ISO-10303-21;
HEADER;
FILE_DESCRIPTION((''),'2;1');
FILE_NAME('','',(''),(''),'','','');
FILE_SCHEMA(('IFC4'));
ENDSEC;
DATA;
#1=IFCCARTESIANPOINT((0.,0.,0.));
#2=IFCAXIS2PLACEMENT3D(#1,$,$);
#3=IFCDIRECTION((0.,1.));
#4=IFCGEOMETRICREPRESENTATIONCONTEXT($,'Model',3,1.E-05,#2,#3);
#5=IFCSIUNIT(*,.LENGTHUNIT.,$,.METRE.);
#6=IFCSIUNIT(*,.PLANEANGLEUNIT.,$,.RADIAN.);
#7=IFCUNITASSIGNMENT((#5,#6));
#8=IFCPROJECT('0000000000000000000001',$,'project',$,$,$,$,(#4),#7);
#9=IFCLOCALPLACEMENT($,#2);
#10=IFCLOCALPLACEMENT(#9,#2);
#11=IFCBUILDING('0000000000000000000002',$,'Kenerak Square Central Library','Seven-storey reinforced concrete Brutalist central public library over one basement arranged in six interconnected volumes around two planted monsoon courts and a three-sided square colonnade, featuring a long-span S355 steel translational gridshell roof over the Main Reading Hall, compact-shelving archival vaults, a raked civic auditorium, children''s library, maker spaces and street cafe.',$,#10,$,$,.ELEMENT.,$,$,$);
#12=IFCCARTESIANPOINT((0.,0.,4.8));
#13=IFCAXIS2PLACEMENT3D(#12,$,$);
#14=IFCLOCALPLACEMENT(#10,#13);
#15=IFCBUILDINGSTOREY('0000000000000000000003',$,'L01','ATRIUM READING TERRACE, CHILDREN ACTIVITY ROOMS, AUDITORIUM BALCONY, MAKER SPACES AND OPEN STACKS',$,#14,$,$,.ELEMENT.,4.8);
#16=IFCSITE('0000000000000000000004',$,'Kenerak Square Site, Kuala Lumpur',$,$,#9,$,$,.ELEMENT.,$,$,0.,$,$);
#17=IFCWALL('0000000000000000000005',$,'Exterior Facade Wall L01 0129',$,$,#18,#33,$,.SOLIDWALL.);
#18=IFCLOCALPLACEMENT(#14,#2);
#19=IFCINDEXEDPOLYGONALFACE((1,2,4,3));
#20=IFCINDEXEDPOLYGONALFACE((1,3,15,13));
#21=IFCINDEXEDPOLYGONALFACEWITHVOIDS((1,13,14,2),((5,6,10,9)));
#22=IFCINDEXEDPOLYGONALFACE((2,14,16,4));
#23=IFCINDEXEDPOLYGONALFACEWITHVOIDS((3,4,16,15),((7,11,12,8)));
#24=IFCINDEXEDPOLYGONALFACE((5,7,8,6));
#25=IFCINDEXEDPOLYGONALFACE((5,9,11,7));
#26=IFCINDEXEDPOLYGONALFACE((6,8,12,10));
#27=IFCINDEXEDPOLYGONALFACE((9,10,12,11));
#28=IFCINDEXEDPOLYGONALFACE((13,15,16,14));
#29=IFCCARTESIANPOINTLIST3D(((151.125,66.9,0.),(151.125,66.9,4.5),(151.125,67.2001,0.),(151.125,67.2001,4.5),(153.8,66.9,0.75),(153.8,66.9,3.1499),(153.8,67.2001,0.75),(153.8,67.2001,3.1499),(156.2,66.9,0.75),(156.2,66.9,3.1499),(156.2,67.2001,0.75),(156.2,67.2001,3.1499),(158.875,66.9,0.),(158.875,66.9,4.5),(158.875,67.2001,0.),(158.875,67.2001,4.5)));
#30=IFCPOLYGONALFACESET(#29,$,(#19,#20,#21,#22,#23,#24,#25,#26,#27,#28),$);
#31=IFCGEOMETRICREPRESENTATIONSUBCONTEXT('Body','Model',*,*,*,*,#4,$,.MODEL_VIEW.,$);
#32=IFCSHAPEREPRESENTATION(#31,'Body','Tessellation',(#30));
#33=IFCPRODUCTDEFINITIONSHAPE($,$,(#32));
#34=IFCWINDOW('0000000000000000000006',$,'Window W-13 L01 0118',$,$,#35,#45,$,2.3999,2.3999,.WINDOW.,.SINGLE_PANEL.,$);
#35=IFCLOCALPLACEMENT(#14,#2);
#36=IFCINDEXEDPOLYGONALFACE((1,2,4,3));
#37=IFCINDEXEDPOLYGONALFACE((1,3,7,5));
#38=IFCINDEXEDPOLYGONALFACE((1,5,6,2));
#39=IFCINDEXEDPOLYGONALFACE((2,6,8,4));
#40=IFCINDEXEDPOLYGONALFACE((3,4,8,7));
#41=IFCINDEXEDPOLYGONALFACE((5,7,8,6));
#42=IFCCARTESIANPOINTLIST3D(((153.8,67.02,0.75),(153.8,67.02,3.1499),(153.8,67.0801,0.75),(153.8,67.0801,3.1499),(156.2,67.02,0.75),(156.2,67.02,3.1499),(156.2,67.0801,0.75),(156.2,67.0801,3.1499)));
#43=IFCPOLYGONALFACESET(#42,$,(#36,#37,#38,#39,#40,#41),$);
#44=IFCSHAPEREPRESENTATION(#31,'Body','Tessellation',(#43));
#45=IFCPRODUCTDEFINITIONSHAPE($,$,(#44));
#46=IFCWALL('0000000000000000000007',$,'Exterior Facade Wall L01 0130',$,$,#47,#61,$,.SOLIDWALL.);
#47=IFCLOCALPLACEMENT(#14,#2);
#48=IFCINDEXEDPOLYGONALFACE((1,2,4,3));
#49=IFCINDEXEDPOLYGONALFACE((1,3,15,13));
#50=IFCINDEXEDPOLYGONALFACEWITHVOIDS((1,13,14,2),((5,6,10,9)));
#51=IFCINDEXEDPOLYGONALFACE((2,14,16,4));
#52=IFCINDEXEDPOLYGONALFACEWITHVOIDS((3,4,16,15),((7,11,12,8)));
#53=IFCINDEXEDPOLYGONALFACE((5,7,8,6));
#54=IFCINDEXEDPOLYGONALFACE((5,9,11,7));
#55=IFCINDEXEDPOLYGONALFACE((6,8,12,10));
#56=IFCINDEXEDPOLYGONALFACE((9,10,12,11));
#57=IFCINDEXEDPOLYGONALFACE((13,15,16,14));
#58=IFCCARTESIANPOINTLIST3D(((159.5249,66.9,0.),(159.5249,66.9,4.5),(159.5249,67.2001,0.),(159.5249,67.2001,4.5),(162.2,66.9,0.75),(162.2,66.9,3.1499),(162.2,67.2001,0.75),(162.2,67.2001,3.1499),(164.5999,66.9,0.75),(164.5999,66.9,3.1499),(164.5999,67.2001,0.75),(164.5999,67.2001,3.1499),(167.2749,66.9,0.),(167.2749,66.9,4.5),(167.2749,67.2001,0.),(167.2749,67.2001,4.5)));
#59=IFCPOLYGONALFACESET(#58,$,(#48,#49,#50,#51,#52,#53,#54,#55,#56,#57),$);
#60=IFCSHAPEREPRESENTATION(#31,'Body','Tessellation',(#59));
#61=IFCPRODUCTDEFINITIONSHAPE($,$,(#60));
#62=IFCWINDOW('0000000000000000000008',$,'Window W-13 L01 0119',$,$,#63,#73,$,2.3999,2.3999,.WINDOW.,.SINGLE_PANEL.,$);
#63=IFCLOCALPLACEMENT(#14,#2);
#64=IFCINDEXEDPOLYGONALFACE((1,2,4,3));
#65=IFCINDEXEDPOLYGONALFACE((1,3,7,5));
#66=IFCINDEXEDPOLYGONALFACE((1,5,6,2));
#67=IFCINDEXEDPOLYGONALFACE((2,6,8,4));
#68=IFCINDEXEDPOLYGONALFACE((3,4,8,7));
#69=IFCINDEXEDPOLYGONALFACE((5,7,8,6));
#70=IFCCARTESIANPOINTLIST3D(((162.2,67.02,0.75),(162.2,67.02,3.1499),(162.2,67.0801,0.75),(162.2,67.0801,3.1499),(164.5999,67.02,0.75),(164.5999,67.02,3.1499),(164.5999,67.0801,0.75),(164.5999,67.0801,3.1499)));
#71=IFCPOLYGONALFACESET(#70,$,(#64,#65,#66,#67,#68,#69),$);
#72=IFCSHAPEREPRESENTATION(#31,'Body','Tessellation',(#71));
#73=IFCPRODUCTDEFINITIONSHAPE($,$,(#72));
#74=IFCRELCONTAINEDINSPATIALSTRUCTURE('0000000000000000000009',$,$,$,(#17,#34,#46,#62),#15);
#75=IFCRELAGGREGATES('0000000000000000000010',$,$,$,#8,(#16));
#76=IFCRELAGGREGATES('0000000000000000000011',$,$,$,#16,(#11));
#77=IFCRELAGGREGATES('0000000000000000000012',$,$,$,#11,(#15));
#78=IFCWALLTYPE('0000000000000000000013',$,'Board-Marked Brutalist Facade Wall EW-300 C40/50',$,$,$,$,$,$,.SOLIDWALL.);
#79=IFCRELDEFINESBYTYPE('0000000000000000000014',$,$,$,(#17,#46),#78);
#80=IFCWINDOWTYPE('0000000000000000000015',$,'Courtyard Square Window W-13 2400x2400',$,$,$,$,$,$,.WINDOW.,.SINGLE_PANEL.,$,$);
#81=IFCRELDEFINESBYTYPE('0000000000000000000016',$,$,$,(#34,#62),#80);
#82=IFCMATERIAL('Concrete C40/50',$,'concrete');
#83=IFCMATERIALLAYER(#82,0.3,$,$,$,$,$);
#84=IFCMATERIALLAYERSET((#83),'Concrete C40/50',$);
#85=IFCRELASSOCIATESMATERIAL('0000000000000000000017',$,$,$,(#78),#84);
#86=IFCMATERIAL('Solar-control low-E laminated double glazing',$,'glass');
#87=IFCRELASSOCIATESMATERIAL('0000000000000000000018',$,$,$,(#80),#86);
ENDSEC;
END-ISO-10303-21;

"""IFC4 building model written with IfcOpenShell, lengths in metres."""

from ifc_helpers import new_model, si_unit, direction, frame, frame_2d, origin, place, context, subcontext, project, spatial, rectangle, extrude, material, layer, layer_set, type_object, element, fill, save


model = new_model("IFC4")

# Units and contexts
model_context = context("Model", 3, precision=1e-05, world=origin(), true_north=direction((0.0, 1.0)))
body_context = subcontext(model_context, "Body", "Model", "MODEL_VIEW")
ifc_project = project(units=[si_unit("LENGTHUNIT", "METRE"), si_unit("PLANEANGLEUNIT", "RADIAN")], contexts=[model_context])

# Site, building, storey
site_placement = place(None, origin())
site = spatial("IfcSite", under=ifc_project, at=site_placement, Name="Kenerak Square Site, Kuala Lumpur", CompositionType="ELEMENT", RefElevation=0.0)
building_placement = place(site_placement, origin())
building = spatial("IfcBuilding", under=site, at=building_placement, Name="Kenerak Square Central Library", Description="Seven-storey reinforced concrete Brutalist central public library over one basement arranged in six interconnected volumes around two planted monsoon courts and a three-sided square colonnade, featuring a long-span S355 steel translational gridshell roof over the Main Reading Hall, compact-shelving archival vaults, a raked civic auditorium, children's library, maker spaces and street cafe.", CompositionType="ELEMENT")
storey_placement = place(building_placement, frame((0.0, 0.0, 4.8)))
storey = spatial("IfcBuildingStorey", under=building, at=storey_placement, Name="L01", Description="ATRIUM READING TERRACE, CHILDREN ACTIVITY ROOMS, AUDITORIUM BALCONY, MAKER SPACES AND OPEN STACKS", CompositionType="ELEMENT", Elevation=4.8)

# Shared definitions
ifc_material_1 = material(Name="Concrete C40/50", Category="concrete")

# Walls, openings, windows
ifc_layer_1 = layer(ifc_material_1, 0.3)
ifc_layer_set_1 = layer_set([ifc_layer_1], Name="Concrete C40/50")
wall_type_1 = type_object("IfcWallType", Name="Board-Marked Brutalist Facade Wall EW-300 C40/50", PredefinedType="SOLIDWALL", material=ifc_layer_set_1)
wall_1_placement = place(storey_placement, frame((151.125, 67.05, 0.0), z_axis=(0.0, 0.0, 1.0), x_axis=(1.0, 0.0, 0.0)))
wall_1 = element("IfcWall", 1, at=wall_1_placement, inside=storey, type_object=wall_type_1, Name="Exterior Facade Wall L01 0129", PredefinedType="SOLIDWALL", context=body_context, shape_type="SweptSolid", body=[
    extrude(rectangle(XDim=7.75, YDim=0.3, at=frame_2d((3.875, 0.0))), origin(), (0.0, 0.0, 1.0), 4.5),
])
opening_1_placement = place(wall_1_placement, frame((2.675, 0.0, 0.75)))
opening_1 = element("IfcOpeningElement", 2, at=opening_1_placement, cuts=wall_1, PredefinedType="OPENING", context=body_context, shape_type="SweptSolid", body=[
    extrude(rectangle(XDim=2.3999, YDim=2.3999, at=frame_2d((1.2, 1.2))), frame((0.0, 0.1599, 0.0), z_axis=(0.0, -1.0, 0.0), x_axis=(1.0, 0.0, 0.0)), (0.0, 0.0, 1.0), 0.3201),
])
ifc_material_2 = material(Name="Solar-control low-E laminated double glazing", Category="glass")
window_type = type_object("IfcWindowType", Name="Courtyard Square Window W-13 2400x2400", PartitioningType="SINGLE_PANEL", PredefinedType="WINDOW", material=ifc_material_2)
window_1_placement = place(opening_1_placement, origin())
window_1 = element("IfcWindow", 3, at=window_1_placement, inside=storey, type_object=window_type, Name="Window W-13 L01 0118", OverallHeight=2.3999, OverallWidth=2.3999, PartitioningType="SINGLE_PANEL", PredefinedType="WINDOW", context=body_context, shape_type="SweptSolid", body=[
    extrude(rectangle(XDim=2.3999, YDim=2.3999, at=frame_2d((1.2, 1.2))), frame((0.0, 0.03, 0.0), z_axis=(0.0, -1.0, 0.0), x_axis=(1.0, 0.0, 0.0)), (0.0, 0.0, 1.0), 0.0601),
])
fill(opening_1, window_1)
wall_2_placement = place(storey_placement, frame((159.5249, 67.05, 0.0), z_axis=(0.0, 0.0, 1.0), x_axis=(1.0, 0.0, 0.0)))
wall_2 = element("IfcWall", 4, at=wall_2_placement, inside=storey, type_object=wall_type_1, Name="Exterior Facade Wall L01 0130", PredefinedType="SOLIDWALL", context=body_context, shape_type="SweptSolid", body=[
    extrude(rectangle(XDim=7.75, YDim=0.3, at=frame_2d((3.875, 0.0))), origin(), (0.0, 0.0, 1.0), 4.5),
])
opening_2_placement = place(wall_2_placement, frame((2.675, 0.0, 0.75)))
opening_2 = element("IfcOpeningElement", 5, at=opening_2_placement, cuts=wall_2, PredefinedType="OPENING", context=body_context, shape_type="SweptSolid", body=[
    extrude(rectangle(XDim=2.3999, YDim=2.3999, at=frame_2d((1.2, 1.2))), frame((0.0, 0.1599, 0.0), z_axis=(0.0, -1.0, 0.0), x_axis=(1.0, 0.0, 0.0)), (0.0, 0.0, 1.0), 0.3201),
])
window_2_placement = place(opening_2_placement, origin())
window_2 = element("IfcWindow", 6, at=window_2_placement, inside=storey, type_object=window_type, Name="Window W-13 L01 0119", OverallHeight=2.3999, OverallWidth=2.3999, PartitioningType="SINGLE_PANEL", PredefinedType="WINDOW", context=body_context, shape_type="SweptSolid", body=[
    extrude(rectangle(XDim=2.3999, YDim=2.3999, at=frame_2d((1.2, 1.2))), frame((0.0, 0.03, 0.0), z_axis=(0.0, -1.0, 0.0), x_axis=(1.0, 0.0, 0.0)), (0.0, 0.0, 1.0), 0.0601),
])
fill(opening_2, window_2)

save(model, "model.ifc")
